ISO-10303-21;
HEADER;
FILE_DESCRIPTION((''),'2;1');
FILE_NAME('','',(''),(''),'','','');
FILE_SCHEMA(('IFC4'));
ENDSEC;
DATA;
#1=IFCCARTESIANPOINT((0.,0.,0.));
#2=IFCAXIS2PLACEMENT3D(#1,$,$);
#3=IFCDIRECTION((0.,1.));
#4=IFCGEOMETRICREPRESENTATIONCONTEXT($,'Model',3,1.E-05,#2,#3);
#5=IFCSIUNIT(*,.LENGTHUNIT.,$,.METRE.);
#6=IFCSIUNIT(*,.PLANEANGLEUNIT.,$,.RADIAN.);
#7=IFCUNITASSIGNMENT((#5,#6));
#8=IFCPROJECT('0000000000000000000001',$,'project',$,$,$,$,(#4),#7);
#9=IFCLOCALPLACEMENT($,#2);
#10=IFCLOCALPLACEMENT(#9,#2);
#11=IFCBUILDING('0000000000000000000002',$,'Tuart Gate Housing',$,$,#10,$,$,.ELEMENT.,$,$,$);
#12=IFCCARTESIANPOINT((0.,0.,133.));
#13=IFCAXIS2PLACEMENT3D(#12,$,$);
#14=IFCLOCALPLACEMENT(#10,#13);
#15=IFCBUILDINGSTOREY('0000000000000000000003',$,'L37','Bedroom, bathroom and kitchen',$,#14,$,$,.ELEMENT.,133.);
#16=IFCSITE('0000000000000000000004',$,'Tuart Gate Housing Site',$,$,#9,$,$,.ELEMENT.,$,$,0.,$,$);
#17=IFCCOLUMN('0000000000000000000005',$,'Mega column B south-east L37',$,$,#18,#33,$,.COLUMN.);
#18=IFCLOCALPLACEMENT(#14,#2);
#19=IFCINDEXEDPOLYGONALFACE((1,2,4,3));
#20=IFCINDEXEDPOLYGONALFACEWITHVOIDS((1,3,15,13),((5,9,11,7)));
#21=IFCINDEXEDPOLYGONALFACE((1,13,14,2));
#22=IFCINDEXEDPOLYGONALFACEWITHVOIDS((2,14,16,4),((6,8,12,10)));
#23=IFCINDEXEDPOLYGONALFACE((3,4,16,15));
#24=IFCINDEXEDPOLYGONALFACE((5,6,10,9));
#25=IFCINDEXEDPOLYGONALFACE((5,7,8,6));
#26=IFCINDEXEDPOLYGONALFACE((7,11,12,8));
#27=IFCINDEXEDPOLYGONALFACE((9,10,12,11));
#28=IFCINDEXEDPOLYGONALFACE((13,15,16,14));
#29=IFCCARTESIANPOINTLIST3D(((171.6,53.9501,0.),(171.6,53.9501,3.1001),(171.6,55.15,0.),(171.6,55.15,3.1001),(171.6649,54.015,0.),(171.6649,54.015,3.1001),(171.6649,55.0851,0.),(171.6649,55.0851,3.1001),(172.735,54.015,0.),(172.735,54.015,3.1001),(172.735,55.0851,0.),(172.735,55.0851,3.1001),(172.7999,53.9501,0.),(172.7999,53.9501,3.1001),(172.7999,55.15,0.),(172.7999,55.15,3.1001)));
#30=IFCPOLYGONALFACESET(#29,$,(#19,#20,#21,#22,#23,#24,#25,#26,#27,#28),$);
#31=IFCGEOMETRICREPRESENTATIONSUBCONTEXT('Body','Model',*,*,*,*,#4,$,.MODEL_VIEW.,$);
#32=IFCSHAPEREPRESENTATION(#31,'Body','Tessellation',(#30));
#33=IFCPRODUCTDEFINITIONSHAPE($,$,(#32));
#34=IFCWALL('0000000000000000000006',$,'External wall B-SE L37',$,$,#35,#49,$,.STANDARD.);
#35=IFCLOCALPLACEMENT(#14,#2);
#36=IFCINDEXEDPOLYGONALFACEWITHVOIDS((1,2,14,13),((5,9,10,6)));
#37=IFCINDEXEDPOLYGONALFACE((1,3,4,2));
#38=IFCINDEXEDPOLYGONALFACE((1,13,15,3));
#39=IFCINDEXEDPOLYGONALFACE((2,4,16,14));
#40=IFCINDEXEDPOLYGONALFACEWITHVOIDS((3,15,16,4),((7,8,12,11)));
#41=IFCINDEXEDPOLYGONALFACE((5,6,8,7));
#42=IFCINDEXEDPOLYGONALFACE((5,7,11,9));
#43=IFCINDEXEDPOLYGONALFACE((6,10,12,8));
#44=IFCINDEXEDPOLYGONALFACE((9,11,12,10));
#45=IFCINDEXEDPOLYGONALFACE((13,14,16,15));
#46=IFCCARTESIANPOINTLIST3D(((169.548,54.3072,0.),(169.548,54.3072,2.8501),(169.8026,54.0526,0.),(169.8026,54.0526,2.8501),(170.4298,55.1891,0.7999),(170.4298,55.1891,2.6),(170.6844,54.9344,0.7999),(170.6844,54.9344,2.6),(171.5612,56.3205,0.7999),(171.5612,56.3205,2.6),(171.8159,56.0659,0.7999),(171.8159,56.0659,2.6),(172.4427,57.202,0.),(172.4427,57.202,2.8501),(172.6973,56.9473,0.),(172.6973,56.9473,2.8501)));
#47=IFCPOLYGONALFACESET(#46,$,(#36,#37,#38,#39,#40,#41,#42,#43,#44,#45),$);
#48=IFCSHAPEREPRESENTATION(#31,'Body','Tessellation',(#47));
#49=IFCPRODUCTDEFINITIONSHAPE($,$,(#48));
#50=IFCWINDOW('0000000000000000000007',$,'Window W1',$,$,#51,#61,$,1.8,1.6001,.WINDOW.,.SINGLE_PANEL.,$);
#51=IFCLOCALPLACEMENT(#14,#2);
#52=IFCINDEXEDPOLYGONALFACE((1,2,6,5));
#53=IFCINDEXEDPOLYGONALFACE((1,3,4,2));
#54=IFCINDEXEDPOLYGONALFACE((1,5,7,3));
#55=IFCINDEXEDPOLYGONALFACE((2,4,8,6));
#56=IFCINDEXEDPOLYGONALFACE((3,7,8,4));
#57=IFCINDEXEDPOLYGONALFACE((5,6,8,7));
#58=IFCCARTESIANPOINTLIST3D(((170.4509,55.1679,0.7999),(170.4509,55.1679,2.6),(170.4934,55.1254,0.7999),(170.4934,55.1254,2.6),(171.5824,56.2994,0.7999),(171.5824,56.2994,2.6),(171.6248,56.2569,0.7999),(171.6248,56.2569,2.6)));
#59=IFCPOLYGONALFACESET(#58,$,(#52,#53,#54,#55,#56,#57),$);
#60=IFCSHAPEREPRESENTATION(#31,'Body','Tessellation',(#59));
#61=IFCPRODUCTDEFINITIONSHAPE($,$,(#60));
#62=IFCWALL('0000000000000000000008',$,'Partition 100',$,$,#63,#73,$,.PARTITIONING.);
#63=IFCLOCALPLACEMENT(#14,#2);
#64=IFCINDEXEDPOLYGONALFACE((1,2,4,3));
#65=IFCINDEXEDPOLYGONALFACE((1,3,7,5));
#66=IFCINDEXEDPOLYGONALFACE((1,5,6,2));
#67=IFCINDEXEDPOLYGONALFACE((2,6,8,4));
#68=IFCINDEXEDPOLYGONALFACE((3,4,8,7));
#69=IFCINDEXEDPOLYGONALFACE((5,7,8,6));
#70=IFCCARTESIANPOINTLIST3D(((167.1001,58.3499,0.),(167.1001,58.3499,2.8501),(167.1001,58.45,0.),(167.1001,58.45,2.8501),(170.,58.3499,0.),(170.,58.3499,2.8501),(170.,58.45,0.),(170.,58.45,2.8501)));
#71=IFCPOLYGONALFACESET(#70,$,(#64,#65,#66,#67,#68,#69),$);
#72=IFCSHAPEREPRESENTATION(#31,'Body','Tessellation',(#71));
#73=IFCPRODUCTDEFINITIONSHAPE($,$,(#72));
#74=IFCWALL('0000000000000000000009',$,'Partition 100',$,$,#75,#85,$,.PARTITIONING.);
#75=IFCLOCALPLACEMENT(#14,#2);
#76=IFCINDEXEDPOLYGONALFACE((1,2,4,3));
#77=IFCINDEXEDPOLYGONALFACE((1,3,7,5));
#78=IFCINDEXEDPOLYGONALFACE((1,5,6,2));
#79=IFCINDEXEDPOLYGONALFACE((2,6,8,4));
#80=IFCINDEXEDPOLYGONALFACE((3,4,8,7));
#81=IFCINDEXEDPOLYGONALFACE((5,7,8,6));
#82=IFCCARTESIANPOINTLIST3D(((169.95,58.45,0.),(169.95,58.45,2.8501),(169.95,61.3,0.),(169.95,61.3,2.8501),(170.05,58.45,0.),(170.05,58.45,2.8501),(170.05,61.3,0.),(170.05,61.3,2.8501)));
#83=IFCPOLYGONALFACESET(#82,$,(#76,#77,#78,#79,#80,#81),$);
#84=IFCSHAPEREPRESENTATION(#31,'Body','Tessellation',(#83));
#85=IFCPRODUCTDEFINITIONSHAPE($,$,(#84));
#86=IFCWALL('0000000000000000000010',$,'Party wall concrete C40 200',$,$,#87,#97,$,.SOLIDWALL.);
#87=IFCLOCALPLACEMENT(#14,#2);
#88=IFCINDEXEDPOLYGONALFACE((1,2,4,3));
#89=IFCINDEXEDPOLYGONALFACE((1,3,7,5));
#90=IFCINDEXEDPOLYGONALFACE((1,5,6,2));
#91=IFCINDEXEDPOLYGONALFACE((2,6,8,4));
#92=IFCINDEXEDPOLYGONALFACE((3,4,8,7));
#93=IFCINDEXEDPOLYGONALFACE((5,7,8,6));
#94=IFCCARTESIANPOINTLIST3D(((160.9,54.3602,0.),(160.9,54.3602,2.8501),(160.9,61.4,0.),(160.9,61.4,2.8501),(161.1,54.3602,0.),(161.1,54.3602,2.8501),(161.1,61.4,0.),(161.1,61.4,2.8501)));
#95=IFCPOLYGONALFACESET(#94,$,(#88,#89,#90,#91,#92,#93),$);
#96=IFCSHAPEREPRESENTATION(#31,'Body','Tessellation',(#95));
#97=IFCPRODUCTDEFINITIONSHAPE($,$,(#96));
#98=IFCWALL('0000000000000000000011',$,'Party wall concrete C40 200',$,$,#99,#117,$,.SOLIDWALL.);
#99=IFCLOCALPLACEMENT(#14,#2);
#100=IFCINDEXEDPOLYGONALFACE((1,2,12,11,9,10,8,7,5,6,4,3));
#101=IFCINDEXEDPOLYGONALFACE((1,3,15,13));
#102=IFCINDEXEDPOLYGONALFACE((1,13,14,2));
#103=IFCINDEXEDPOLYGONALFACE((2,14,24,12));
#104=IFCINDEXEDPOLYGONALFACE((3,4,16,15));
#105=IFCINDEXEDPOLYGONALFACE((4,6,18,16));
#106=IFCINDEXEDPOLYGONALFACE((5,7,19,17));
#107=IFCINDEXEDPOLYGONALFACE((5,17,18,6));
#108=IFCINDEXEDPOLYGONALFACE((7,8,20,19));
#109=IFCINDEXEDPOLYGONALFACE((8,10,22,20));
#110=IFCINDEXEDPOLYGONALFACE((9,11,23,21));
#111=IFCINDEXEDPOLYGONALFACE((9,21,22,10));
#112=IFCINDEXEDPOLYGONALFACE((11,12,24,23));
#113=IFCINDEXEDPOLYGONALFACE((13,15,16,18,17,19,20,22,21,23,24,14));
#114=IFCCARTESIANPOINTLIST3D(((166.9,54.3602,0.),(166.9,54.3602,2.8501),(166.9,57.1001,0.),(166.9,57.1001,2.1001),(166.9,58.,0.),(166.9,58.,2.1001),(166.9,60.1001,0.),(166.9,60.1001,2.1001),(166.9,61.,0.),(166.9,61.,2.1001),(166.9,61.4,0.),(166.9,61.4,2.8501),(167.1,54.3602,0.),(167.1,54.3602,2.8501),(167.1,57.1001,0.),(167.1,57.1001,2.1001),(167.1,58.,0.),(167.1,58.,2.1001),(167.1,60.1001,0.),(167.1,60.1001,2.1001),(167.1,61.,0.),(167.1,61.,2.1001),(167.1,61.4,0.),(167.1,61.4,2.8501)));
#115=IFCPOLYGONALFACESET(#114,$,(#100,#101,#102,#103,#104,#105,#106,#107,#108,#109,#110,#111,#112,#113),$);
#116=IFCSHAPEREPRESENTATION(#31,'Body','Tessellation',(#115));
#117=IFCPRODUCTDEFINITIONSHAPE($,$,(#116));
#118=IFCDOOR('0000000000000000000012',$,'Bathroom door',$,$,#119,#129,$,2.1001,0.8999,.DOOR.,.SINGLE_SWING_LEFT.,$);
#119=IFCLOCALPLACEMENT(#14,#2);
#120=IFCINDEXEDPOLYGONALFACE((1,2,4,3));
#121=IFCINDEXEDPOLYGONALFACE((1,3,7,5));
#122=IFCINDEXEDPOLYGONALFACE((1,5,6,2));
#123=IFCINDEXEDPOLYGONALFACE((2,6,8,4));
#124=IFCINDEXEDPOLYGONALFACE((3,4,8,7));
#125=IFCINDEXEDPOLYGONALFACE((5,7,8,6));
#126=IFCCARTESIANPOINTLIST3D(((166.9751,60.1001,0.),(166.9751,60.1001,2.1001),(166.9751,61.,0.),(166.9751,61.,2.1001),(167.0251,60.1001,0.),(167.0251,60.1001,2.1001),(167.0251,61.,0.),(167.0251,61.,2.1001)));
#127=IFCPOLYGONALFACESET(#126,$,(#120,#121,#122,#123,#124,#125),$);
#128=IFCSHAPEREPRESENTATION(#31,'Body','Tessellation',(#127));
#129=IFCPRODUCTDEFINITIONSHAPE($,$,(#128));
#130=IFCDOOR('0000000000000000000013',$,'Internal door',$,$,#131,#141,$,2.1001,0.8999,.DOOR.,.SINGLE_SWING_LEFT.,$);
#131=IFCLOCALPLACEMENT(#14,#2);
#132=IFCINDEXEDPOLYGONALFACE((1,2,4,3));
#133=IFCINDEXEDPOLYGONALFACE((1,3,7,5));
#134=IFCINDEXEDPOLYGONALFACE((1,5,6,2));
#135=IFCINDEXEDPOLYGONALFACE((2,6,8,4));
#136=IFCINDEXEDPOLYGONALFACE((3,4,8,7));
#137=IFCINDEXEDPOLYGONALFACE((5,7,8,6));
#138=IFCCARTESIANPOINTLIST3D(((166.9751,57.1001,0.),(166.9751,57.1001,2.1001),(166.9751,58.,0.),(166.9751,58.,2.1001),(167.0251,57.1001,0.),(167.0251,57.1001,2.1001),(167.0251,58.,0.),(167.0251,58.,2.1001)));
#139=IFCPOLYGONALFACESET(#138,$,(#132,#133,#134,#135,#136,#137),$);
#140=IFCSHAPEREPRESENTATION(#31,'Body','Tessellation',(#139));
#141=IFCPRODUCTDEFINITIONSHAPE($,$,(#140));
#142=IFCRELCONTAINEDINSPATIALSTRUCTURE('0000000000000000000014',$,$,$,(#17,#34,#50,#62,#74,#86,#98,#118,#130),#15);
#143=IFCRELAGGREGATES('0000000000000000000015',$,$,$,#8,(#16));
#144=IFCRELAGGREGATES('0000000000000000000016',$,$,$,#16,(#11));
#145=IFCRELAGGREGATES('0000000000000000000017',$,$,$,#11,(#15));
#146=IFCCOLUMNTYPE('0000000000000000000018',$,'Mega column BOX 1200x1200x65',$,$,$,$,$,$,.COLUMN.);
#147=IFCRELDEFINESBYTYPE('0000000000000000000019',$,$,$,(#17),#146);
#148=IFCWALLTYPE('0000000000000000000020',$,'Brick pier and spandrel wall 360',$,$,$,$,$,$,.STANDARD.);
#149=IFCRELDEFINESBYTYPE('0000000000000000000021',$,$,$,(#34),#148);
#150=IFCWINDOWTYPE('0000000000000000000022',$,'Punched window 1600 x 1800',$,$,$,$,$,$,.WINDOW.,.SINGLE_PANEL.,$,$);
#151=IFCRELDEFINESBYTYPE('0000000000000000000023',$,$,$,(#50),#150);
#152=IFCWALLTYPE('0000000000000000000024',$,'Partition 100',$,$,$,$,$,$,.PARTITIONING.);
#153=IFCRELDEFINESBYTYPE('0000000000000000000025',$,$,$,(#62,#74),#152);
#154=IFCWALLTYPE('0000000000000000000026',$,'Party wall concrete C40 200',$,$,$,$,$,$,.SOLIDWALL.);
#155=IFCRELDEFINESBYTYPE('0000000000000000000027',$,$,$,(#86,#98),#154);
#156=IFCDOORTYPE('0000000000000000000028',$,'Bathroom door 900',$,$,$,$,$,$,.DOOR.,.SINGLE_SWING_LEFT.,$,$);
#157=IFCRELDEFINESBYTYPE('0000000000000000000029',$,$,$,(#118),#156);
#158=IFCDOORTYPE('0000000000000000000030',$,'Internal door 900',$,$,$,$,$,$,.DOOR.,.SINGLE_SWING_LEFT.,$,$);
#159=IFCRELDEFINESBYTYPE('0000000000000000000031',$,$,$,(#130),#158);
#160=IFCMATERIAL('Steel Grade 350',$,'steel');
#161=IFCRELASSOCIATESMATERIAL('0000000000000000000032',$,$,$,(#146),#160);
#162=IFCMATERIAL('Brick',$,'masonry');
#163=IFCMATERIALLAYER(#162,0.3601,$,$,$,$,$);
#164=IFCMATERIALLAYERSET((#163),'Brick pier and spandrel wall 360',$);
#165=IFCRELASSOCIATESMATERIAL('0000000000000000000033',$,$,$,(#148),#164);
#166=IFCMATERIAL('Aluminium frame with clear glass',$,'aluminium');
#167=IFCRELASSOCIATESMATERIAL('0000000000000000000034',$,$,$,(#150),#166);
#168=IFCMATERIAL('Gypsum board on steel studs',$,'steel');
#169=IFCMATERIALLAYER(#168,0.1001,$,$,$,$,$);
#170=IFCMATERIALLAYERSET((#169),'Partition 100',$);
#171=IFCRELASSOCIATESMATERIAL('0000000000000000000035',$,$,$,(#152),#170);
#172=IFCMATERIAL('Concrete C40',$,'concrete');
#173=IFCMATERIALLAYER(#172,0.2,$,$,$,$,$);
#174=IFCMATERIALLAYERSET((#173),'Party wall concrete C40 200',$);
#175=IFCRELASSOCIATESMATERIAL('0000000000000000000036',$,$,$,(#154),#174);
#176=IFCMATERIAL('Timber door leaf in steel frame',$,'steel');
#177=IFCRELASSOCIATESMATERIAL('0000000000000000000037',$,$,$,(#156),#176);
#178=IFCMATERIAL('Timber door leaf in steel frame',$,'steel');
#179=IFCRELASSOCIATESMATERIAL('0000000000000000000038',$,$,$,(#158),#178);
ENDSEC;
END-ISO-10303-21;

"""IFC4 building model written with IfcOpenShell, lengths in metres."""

from ifc_helpers import new_model, si_unit, direction, frame, frame_2d, origin, origin_2d, place, context, subcontext, project, spatial, rectangle, hollow_rectangle, extrude, material, layer, layer_set, material_profile, profile_set, type_object, element, fill, save


model = new_model("IFC4")

# Units and contexts
model_context = context("Model", 3, precision=1e-05, world=origin(), true_north=direction((0.0, 1.0)))
body_context = subcontext(model_context, "Body", "Model", "MODEL_VIEW")
ifc_project = project(units=[si_unit("LENGTHUNIT", "METRE"), si_unit("PLANEANGLEUNIT", "RADIAN")], contexts=[model_context])

# Site, building, storey
site_placement = place(None, origin())
site = spatial("IfcSite", under=ifc_project, at=site_placement, Name="Tuart Gate Housing Site", CompositionType="ELEMENT", RefElevation=0.0)
building_placement = place(site_placement, origin())
building = spatial("IfcBuilding", under=site, at=building_placement, Name="Tuart Gate Housing", CompositionType="ELEMENT")
storey_placement = place(building_placement, frame((0.0, 0.0, 133.0)))
storey = spatial("IfcBuildingStorey", under=building, at=storey_placement, Name="L37", Description="Bedroom, bathroom and kitchen", CompositionType="ELEMENT", Elevation=133.0)

# Column
ifc_material_1 = material(Name="Steel Grade 350", Category="steel")
ifc_material_profile = material_profile(ifc_material_1, hollow_rectangle(XDim=1.2, YDim=1.2, WallThickness=0.0649, at=origin_2d()), Name="BOX 1200x1200x65")
ifc_profile_set = profile_set([ifc_material_profile], Name="Steel Grade 350")
column_type = type_object("IfcColumnType", Name="Mega column BOX 1200x1200x65", PredefinedType="COLUMN", material=ifc_profile_set)
column_placement = place(storey_placement, frame((172.2, 54.55, 0.0), z_axis=(0.0, 0.0, 1.0), x_axis=(1.0, 0.0, 0.0)))
element("IfcColumn", 1, at=column_placement, inside=storey, type_object=column_type, Name="Mega column B south-east L37", PredefinedType="COLUMN", context=body_context, shape_type="SweptSolid", body=[
    extrude(hollow_rectangle(XDim=1.2, YDim=1.2, WallThickness=0.0649, at=origin_2d()), origin(), (0.0, 0.0, 1.0), 3.1001),
])

# Wall, opening, window
ifc_material_2 = material(Name="Brick", Category="masonry")
ifc_layer_1 = layer(ifc_material_2, 0.3601)
ifc_layer_set_1 = layer_set([ifc_layer_1], Name="Brick pier and spandrel wall 360")
wall_type_1 = type_object("IfcWallType", Name="Brick pier and spandrel wall 360", PredefinedType="STANDARD", material=ifc_layer_set_1)
wall_1_placement = place(storey_placement, frame((169.6753, 54.1799, 0.0), z_axis=(0.0, 0.0, 1.0), x_axis=(0.707107, 0.707107, 0.0)))
wall_1 = element("IfcWall", 2, at=wall_1_placement, inside=storey, type_object=wall_type_1, Name="External wall B-SE L37", PredefinedType="STANDARD", context=body_context, shape_type="SweptSolid", body=[
    extrude(rectangle(XDim=4.0938, YDim=0.3601, at=frame_2d((2.0469, 0.0))), origin(), (0.0, 0.0, 1.0), 2.8501),
])
opening_1_placement = place(wall_1_placement, frame((1.2471, 0.0, 0.8)))
opening_1 = element("IfcOpeningElement", 3, at=opening_1_placement, cuts=wall_1, PredefinedType="OPENING", context=body_context, shape_type="SweptSolid", body=[
    extrude(rectangle(XDim=1.6001, YDim=1.8, at=frame_2d((0.8, 0.8999))), frame((0.0, 0.1899, 0.0), z_axis=(0.0, -1.0, 0.0), x_axis=(1.0, 0.0, 0.0)), (0.0, 0.0, 1.0), 0.3801),
])
ifc_material_3 = material(Name="Aluminium frame with clear glass", Category="aluminium")
window_type_1 = type_object("IfcWindowType", Name="Punched window 1600 x 1800", PartitioningType="SINGLE_PANEL", PredefinedType="WINDOW", material=ifc_material_3)
window_1_placement = place(opening_1_placement, origin())
window_1 = element("IfcWindow", 4, at=window_1_placement, inside=storey, type_object=window_type_1, Name="Window W1", OverallHeight=1.8, OverallWidth=1.6001, PartitioningType="SINGLE_PANEL", PredefinedType="WINDOW", context=body_context, shape_type="SweptSolid", body=[
    extrude(rectangle(XDim=1.6001, YDim=1.8, at=frame_2d((0.8, 0.8999))), frame((0.0, 0.1501, 0.0), z_axis=(0.0, -1.0, 0.0), x_axis=(1.0, 0.0, 0.0)), (0.0, 0.0, 1.0), 0.0601),
])
fill(opening_1, window_1)

# Walls
ifc_material_4 = material(Name="Gypsum board on steel studs", Category="steel")
ifc_layer_2 = layer(ifc_material_4, 0.1001)
ifc_layer_set_2 = layer_set([ifc_layer_2], Name="Partition 100")
wall_type_2 = type_object("IfcWallType", Name="Partition 100", PredefinedType="PARTITIONING", material=ifc_layer_set_2)
wall_2_placement = place(storey_placement, frame((167.1001, 58.3999, 0.0), z_axis=(0.0, 0.0, 1.0), x_axis=(1.0, 0.0, 0.0)))
element("IfcWall", 5, at=wall_2_placement, inside=storey, type_object=wall_type_2, Name="Partition 100", PredefinedType="PARTITIONING", context=body_context, shape_type="SweptSolid", body=[
    extrude(rectangle(XDim=2.8999, YDim=0.1001, at=frame_2d((1.45, 0.0))), origin(), (0.0, 0.0, 1.0), 2.8501),
])
wall_3_placement = place(storey_placement, frame((170.0, 58.45, 0.0), z_axis=(0.0, 0.0, 1.0), x_axis=(0.0, 1.0, 0.0)))
element("IfcWall", 6, at=wall_3_placement, inside=storey, type_object=wall_type_2, Name="Partition 100", PredefinedType="PARTITIONING", context=body_context, shape_type="SweptSolid", body=[
    extrude(rectangle(XDim=2.8501, YDim=0.1001, at=frame_2d((1.425, 0.0))), origin(), (0.0, 0.0, 1.0), 2.8501),
])
ifc_material_5 = material(Name="Concrete C40", Category="concrete")
ifc_layer_3 = layer(ifc_material_5, 0.2)
ifc_layer_set_3 = layer_set([ifc_layer_3], Name="Party wall concrete C40 200")
wall_type_3 = type_object("IfcWallType", Name="Party wall concrete C40 200", PredefinedType="SOLIDWALL", material=ifc_layer_set_3)
wall_4_placement = place(storey_placement, frame((161.0, 54.3601, 0.0), z_axis=(0.0, 0.0, 1.0), x_axis=(0.0, 1.0, 0.0)))
element("IfcWall", 7, at=wall_4_placement, inside=storey, type_object=wall_type_3, Name="Party wall concrete C40 200", PredefinedType="SOLIDWALL", context=body_context, shape_type="SweptSolid", body=[
    extrude(rectangle(XDim=7.0398, YDim=0.2, at=frame_2d((3.52, 0.0))), origin(), (0.0, 0.0, 1.0), 2.8501),
])

# Wall, openings, doors
wall_5_placement = place(storey_placement, frame((167.0, 54.3601, 0.0), z_axis=(0.0, 0.0, 1.0), x_axis=(0.0, 1.0, 0.0)))
wall_5 = element("IfcWall", 8, at=wall_5_placement, inside=storey, type_object=wall_type_3, Name="Party wall concrete C40 200", PredefinedType="SOLIDWALL", context=body_context, shape_type="SweptSolid", body=[
    extrude(rectangle(XDim=7.0398, YDim=0.2, at=frame_2d((3.52, 0.0))), origin(), (0.0, 0.0, 1.0), 2.8501),
])
opening_2_placement = place(wall_5_placement, frame((2.74, 0.0, 0.0)))
opening_2 = element("IfcOpeningElement", 9, at=opening_2_placement, cuts=wall_5, PredefinedType="OPENING", context=body_context, shape_type="SweptSolid", body=[
    extrude(rectangle(XDim=0.8999, YDim=2.1001, at=frame_2d((0.45, 1.05))), frame((0.0, 0.1099, 0.0), z_axis=(0.0, -1.0, 0.0), x_axis=(1.0, 0.0, 0.0)), (0.0, 0.0, 1.0), 0.22),
])
opening_3_placement = place(wall_5_placement, frame((5.74, 0.0, 0.0)))
opening_3 = element("IfcOpeningElement", 10, at=opening_3_placement, cuts=wall_5, PredefinedType="OPENING", context=body_context, shape_type="SweptSolid", body=[
    extrude(rectangle(XDim=0.8999, YDim=2.1001, at=frame_2d((0.45, 1.05))), frame((0.0, 0.1099, 0.0), z_axis=(0.0, -1.0, 0.0), x_axis=(1.0, 0.0, 0.0)), (0.0, 0.0, 1.0), 0.22),
])
ifc_material_6 = material(Name="Timber door leaf in steel frame", Category="steel")
door_type_1 = type_object("IfcDoorType", Name="Bathroom door 900", OperationType="SINGLE_SWING_LEFT", PredefinedType="DOOR", material=ifc_material_6)
door_1_placement = place(opening_3_placement, frame((0.8999, 0.0, 0.0), z_axis=(0.0, 0.0, 1.0), x_axis=(-1.0, 0.0, 0.0)))
door_1 = element("IfcDoor", 11, at=door_1_placement, inside=storey, type_object=door_type_1, Name="Bathroom door", OperationType="SINGLE_SWING_LEFT", OverallHeight=2.1001, OverallWidth=0.8999, PredefinedType="DOOR", context=body_context, shape_type="SweptSolid", body=[
    extrude(rectangle(XDim=0.8999, YDim=2.1001, at=frame_2d((0.45, 1.05))), frame((0.0, 0.0251, 0.0), z_axis=(0.0, -1.0, 0.0), x_axis=(1.0, 0.0, 0.0)), (0.0, 0.0, 1.0), 0.05),
])
fill(opening_3, door_1)
ifc_material_7 = material(Name="Timber door leaf in steel frame", Category="steel")
door_type_2 = type_object("IfcDoorType", Name="Internal door 900", OperationType="SINGLE_SWING_LEFT", PredefinedType="DOOR", material=ifc_material_7)
door_2_placement = place(opening_2_placement, frame((0.8999, 0.0, 0.0), z_axis=(0.0, 0.0, 1.0), x_axis=(-1.0, 0.0, 0.0)))
door_2 = element("IfcDoor", 12, at=door_2_placement, inside=storey, type_object=door_type_2, Name="Internal door", OperationType="SINGLE_SWING_LEFT", OverallHeight=2.1001, OverallWidth=0.8999, PredefinedType="DOOR", context=body_context, shape_type="SweptSolid", body=[
    extrude(rectangle(XDim=0.8999, YDim=2.1001, at=frame_2d((0.45, 1.05))), frame((0.0, 0.0251, 0.0), z_axis=(0.0, -1.0, 0.0), x_axis=(1.0, 0.0, 0.0)), (0.0, 0.0, 1.0), 0.05),
])
fill(opening_2, door_2)

save(model, "model.ifc")
